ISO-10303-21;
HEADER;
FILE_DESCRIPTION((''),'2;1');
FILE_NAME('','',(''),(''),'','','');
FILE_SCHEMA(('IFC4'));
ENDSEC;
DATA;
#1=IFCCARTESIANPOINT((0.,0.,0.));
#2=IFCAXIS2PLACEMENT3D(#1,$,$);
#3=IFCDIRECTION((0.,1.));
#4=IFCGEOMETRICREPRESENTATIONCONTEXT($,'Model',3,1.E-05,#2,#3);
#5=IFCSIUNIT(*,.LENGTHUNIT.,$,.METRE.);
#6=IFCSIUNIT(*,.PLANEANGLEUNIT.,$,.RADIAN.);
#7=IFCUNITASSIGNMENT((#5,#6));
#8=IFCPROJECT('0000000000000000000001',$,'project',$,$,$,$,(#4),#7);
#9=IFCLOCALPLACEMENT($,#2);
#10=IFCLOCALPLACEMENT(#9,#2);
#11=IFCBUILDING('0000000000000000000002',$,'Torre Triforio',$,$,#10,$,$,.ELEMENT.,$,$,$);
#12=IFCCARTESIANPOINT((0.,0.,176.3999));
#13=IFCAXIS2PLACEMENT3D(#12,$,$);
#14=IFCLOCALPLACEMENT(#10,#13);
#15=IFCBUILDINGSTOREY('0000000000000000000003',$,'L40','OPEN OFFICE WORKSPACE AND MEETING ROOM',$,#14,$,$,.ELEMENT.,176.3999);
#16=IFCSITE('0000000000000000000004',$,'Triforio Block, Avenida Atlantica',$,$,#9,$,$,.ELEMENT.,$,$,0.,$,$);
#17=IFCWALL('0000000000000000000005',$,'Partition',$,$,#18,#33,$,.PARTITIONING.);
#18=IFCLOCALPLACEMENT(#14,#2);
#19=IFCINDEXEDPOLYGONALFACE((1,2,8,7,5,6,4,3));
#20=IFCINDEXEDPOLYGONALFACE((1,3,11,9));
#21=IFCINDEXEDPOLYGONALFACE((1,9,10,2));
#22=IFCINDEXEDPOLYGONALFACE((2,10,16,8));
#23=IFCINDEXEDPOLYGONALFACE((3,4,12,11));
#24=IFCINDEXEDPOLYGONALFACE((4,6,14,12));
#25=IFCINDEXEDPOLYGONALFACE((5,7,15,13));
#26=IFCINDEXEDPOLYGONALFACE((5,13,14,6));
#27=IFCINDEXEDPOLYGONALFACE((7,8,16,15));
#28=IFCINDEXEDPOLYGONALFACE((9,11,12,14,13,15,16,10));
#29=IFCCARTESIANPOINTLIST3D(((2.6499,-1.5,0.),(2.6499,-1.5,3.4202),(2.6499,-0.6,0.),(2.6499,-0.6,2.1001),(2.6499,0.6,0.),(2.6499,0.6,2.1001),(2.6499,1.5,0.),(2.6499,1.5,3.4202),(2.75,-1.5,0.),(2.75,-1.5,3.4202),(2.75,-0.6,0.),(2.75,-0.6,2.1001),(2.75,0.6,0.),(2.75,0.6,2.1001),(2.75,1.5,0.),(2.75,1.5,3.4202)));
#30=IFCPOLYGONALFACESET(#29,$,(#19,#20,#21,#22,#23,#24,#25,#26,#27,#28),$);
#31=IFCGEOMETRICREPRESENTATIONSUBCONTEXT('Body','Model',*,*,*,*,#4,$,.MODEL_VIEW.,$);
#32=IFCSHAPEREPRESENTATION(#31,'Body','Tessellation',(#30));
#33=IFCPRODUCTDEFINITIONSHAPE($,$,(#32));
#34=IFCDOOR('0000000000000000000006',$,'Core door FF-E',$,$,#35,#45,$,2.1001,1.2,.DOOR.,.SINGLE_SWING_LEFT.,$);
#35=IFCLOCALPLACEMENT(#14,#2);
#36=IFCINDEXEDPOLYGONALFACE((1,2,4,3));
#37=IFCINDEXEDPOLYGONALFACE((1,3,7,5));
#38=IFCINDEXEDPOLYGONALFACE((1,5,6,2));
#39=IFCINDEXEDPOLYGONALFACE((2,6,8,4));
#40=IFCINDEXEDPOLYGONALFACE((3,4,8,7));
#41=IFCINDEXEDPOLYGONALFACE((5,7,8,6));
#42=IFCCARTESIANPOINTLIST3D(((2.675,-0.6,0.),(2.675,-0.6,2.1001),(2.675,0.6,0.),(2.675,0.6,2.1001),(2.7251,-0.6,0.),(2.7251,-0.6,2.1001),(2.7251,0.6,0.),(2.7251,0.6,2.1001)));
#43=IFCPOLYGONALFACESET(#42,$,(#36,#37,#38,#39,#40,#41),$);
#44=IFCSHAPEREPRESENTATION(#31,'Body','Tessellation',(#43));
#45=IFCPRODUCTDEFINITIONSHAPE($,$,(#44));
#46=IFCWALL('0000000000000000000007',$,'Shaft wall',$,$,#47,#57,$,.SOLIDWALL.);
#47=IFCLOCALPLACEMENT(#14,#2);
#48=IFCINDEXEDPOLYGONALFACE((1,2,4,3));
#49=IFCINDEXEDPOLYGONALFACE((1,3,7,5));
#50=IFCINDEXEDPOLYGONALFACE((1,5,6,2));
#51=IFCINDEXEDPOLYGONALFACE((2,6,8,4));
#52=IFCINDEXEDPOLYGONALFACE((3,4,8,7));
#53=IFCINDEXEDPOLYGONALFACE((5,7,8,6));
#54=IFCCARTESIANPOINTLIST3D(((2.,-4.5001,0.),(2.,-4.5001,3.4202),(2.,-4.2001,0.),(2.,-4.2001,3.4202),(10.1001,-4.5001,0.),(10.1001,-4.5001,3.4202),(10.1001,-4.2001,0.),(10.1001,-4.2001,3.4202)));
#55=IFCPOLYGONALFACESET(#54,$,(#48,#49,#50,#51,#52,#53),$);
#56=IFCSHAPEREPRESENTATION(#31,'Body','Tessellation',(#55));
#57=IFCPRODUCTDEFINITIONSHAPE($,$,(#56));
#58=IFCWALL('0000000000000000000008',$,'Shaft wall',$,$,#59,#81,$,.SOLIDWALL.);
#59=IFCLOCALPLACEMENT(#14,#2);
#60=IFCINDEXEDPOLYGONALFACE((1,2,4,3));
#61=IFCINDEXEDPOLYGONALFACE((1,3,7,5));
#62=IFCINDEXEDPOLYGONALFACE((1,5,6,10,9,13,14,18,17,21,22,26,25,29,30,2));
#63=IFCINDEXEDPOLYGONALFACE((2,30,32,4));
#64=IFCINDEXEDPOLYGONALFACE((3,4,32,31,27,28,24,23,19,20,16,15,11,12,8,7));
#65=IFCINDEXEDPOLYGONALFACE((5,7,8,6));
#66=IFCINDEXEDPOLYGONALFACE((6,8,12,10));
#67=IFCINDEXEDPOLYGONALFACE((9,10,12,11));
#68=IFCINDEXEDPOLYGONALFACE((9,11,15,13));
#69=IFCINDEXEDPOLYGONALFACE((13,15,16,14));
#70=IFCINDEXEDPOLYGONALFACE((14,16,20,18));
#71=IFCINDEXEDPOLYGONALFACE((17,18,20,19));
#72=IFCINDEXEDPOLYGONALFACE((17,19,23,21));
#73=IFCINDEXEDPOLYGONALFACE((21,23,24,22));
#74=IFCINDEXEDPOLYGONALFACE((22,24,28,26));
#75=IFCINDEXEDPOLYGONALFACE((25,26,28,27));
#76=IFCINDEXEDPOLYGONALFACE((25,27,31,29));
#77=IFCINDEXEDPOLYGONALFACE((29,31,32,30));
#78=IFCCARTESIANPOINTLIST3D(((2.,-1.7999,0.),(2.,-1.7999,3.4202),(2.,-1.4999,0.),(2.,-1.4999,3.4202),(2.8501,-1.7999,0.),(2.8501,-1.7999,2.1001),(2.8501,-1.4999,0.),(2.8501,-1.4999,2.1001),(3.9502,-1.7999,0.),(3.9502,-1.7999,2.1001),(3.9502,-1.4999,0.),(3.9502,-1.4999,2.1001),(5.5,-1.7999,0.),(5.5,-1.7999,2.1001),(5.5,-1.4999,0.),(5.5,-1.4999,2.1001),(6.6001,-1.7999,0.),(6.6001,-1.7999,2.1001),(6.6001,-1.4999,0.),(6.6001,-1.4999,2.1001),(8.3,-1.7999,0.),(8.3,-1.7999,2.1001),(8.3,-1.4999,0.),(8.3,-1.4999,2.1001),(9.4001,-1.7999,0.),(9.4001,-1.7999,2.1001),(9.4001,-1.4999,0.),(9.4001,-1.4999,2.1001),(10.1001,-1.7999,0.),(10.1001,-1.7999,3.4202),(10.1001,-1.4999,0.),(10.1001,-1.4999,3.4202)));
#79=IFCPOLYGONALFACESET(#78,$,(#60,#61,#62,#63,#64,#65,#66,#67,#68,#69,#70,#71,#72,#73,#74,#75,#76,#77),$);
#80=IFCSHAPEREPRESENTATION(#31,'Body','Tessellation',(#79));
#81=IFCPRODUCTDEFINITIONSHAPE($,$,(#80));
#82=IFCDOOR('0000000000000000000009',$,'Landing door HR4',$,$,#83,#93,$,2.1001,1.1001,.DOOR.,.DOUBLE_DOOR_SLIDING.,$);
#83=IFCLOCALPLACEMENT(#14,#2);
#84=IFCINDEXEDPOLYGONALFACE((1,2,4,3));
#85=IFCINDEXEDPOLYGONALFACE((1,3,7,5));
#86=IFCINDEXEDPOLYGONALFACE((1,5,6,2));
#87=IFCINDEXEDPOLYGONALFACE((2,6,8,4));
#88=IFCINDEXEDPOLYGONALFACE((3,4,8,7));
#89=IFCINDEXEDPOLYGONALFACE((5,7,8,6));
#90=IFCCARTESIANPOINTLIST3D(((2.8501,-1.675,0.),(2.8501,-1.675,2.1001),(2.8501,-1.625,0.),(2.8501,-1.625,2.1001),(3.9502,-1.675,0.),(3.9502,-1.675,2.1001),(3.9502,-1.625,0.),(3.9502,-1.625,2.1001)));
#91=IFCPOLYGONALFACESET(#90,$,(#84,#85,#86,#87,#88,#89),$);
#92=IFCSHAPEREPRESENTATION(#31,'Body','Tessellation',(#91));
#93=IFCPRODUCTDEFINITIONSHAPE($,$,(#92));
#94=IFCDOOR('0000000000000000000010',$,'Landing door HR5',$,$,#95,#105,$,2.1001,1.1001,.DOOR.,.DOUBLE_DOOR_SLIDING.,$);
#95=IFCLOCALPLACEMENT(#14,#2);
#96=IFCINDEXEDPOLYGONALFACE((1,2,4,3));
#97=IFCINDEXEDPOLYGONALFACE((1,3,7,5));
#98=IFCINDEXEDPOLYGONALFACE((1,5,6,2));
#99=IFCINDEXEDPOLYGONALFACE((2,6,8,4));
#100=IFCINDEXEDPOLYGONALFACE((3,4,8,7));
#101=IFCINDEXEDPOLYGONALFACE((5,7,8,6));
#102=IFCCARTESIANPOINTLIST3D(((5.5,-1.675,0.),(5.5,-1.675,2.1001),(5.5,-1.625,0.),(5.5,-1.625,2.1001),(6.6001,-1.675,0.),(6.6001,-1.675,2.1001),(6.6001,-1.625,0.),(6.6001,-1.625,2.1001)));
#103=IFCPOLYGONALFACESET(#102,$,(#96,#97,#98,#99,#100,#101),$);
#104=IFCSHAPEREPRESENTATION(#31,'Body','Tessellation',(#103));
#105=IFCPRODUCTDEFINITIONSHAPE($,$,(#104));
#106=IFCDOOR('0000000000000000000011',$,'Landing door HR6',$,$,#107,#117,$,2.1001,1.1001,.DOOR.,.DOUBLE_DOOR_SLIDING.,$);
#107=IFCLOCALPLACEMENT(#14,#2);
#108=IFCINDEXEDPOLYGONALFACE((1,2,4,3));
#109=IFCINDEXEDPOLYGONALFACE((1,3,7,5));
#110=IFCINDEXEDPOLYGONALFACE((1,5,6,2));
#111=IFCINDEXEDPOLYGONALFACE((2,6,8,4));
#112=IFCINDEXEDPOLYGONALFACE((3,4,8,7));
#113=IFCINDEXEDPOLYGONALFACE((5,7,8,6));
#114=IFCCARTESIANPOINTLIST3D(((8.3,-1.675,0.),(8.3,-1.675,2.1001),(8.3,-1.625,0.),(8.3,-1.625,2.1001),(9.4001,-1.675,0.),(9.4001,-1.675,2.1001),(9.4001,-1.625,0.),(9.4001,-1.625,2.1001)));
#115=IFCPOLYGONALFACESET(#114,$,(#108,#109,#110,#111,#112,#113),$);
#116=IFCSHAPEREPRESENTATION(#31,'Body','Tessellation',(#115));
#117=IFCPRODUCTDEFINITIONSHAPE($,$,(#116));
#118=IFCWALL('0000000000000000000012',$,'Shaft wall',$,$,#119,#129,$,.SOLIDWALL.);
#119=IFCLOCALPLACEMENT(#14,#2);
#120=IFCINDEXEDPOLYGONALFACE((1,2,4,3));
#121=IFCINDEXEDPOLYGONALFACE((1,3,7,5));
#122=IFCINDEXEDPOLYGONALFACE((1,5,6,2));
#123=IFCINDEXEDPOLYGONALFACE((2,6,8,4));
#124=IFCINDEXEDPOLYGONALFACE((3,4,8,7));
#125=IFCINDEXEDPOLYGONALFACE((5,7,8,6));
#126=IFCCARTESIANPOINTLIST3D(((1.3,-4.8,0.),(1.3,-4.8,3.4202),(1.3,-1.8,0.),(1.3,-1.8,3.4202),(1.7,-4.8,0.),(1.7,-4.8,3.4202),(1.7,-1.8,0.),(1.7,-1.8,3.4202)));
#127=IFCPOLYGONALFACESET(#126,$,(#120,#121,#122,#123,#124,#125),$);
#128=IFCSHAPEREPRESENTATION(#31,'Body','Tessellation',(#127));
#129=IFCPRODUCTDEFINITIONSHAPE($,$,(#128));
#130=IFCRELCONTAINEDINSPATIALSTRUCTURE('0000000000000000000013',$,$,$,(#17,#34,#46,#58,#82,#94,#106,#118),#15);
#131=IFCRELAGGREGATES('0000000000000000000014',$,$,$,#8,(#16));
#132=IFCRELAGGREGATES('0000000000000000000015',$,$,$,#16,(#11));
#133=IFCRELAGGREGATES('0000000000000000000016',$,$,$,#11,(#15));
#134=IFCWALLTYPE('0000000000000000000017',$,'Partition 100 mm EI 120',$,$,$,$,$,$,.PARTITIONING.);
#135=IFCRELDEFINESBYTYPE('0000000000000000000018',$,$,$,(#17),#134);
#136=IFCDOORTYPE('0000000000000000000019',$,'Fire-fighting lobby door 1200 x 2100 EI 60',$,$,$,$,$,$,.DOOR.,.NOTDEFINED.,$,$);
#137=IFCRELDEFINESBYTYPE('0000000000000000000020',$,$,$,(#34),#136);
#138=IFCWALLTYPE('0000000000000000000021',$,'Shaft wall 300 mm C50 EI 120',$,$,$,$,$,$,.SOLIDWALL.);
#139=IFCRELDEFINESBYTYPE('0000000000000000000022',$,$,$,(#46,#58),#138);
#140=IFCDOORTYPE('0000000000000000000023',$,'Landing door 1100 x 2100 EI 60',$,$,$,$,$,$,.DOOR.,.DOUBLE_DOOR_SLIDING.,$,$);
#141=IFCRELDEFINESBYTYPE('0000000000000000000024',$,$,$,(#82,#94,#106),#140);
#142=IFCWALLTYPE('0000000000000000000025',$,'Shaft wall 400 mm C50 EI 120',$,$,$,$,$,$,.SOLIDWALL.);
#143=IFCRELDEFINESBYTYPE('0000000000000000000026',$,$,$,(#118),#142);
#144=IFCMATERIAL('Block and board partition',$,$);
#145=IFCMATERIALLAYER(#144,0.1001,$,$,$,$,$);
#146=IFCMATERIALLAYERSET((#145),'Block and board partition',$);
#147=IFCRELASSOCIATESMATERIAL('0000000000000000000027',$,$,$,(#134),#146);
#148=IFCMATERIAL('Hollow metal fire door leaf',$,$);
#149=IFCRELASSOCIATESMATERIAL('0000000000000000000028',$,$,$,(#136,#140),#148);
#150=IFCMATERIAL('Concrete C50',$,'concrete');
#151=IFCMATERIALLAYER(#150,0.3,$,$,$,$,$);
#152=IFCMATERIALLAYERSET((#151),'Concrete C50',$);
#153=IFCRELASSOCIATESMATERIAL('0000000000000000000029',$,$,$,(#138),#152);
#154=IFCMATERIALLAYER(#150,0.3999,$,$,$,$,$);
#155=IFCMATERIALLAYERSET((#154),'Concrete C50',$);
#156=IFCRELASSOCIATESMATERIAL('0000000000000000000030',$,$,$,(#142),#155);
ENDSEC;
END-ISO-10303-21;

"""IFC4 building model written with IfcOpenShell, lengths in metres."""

from ifc_helpers import new_model, si_unit, direction, frame, frame_2d, origin, place, context, subcontext, project, spatial, rectangle, extrude, material, layer, layer_set, type_object, element, fill, save


model = new_model("IFC4")

# Units and contexts
model_context = context("Model", 3, precision=1e-05, world=origin(), true_north=direction((0.0, 1.0)))
body_context = subcontext(model_context, "Body", "Model", "MODEL_VIEW")
ifc_project = project(units=[si_unit("LENGTHUNIT", "METRE"), si_unit("PLANEANGLEUNIT", "RADIAN")], contexts=[model_context])

# Site, building, storey
site_placement = place(None, origin())
site = spatial("IfcSite", under=ifc_project, at=site_placement, Name="Triforio Block, Avenida Atlantica", CompositionType="ELEMENT", RefElevation=0.0)
building_placement = place(site_placement, origin())
building = spatial("IfcBuilding", under=site, at=building_placement, Name="Torre Triforio", CompositionType="ELEMENT")
storey_placement = place(building_placement, frame((0.0, 0.0, 176.3999)))
storey = spatial("IfcBuildingStorey", under=building, at=storey_placement, Name="L40", Description="OPEN OFFICE WORKSPACE AND MEETING ROOM", CompositionType="ELEMENT", Elevation=176.3999)

# Shared definitions
ifc_material_1 = material(Name="Concrete C50", Category="concrete")

# Wall, opening, door
ifc_material_2 = material(Name="Block and board partition")
ifc_layer_1 = layer(ifc_material_2, 0.1001)
ifc_layer_set_1 = layer_set([ifc_layer_1], Name="Block and board partition")
wall_type_1 = type_object("IfcWallType", Name="Partition 100 mm EI 120", PredefinedType="PARTITIONING", material=ifc_layer_set_1)
wall_1_placement = place(storey_placement, frame((2.7, -1.5, 0.0), z_axis=(0.0, 0.0, 1.0), x_axis=(0.0, 1.0, 0.0)))
wall_1 = element("IfcWall", 1, at=wall_1_placement, inside=storey, type_object=wall_type_1, Name="Partition", PredefinedType="PARTITIONING", context=body_context, shape_type="SweptSolid", body=[
    extrude(rectangle(XDim=3.0, YDim=0.1001, at=frame_2d((1.5, 0.0))), origin(), (0.0, 0.0, 1.0), 3.4202),
])
opening_1_placement = place(wall_1_placement, frame((0.8999, 0.0, 0.0)))
opening_1 = element("IfcOpeningElement", 2, at=opening_1_placement, cuts=wall_1, PredefinedType="OPENING", context=body_context, shape_type="SweptSolid", body=[
    extrude(rectangle(XDim=1.2, YDim=2.1001, at=frame_2d((0.6001, 1.05))), frame((0.0, 0.0601, 0.0), z_axis=(0.0, -1.0, 0.0), x_axis=(1.0, 0.0, 0.0)), (0.0, 0.0, 1.0), 0.1201),
])
ifc_material_3 = material(Name="Hollow metal fire door leaf")
door_type_1 = type_object("IfcDoorType", Name="Fire-fighting lobby door 1200 x 2100 EI 60", OperationType="NOTDEFINED", PredefinedType="DOOR", material=ifc_material_3)
door_1_placement = place(opening_1_placement, origin())
door_1 = element("IfcDoor", 3, at=door_1_placement, inside=storey, type_object=door_type_1, Name="Core door FF-E", OperationType="SINGLE_SWING_LEFT", OverallHeight=2.1001, OverallWidth=1.2, PredefinedType="DOOR", context=body_context, shape_type="SweptSolid", body=[
    extrude(rectangle(XDim=1.2, YDim=2.1001, at=frame_2d((0.6001, 1.05))), frame((0.0, 0.0249, 0.0), z_axis=(0.0, -1.0, 0.0), x_axis=(1.0, 0.0, 0.0)), (0.0, 0.0, 1.0), 0.05),
])
fill(opening_1, door_1)

# Wall
ifc_layer_2 = layer(ifc_material_1, 0.3)
ifc_layer_set_2 = layer_set([ifc_layer_2], Name="Concrete C50")
wall_type_2 = type_object("IfcWallType", Name="Shaft wall 300 mm C50 EI 120", PredefinedType="SOLIDWALL", material=ifc_layer_set_2)
wall_2_placement = place(storey_placement, frame((2.0, -4.3501, 0.0), z_axis=(0.0, 0.0, 1.0), x_axis=(1.0, 0.0, 0.0)))
element("IfcWall", 4, at=wall_2_placement, inside=storey, type_object=wall_type_2, Name="Shaft wall", PredefinedType="SOLIDWALL", context=body_context, shape_type="SweptSolid", body=[
    extrude(rectangle(XDim=8.1001, YDim=0.3, at=frame_2d((4.05, 0.0))), origin(), (0.0, 0.0, 1.0), 3.4202),
])

# Wall, openings, doors
wall_3_placement = place(storey_placement, frame((2.0, -1.6499, 0.0), z_axis=(0.0, 0.0, 1.0), x_axis=(1.0, 0.0, 0.0)))
wall_3 = element("IfcWall", 5, at=wall_3_placement, inside=storey, type_object=wall_type_2, Name="Shaft wall", PredefinedType="SOLIDWALL", context=body_context, shape_type="SweptSolid", body=[
    extrude(rectangle(XDim=8.1001, YDim=0.3, at=frame_2d((4.05, 0.0))), origin(), (0.0, 0.0, 1.0), 3.4202),
])
opening_2_placement = place(wall_3_placement, frame((0.8501, 0.0, 0.0)))
opening_2 = element("IfcOpeningElement", 6, at=opening_2_placement, cuts=wall_3, PredefinedType="OPENING", context=body_context, shape_type="SweptSolid", body=[
    extrude(rectangle(XDim=1.1001, YDim=2.1001, at=frame_2d((0.55, 1.05))), frame((0.0, 0.1599, 0.0), z_axis=(0.0, -1.0, 0.0), x_axis=(1.0, 0.0, 0.0)), (0.0, 0.0, 1.0), 0.3201),
])
opening_3_placement = place(wall_3_placement, frame((3.5, 0.0, 0.0)))
opening_3 = element("IfcOpeningElement", 7, at=opening_3_placement, cuts=wall_3, PredefinedType="OPENING", context=body_context, shape_type="SweptSolid", body=[
    extrude(rectangle(XDim=1.1001, YDim=2.1001, at=frame_2d((0.55, 1.05))), frame((0.0, 0.1599, 0.0), z_axis=(0.0, -1.0, 0.0), x_axis=(1.0, 0.0, 0.0)), (0.0, 0.0, 1.0), 0.3201),
])
opening_4_placement = place(wall_3_placement, frame((6.3, 0.0, 0.0)))
opening_4 = element("IfcOpeningElement", 8, at=opening_4_placement, cuts=wall_3, PredefinedType="OPENING", context=body_context, shape_type="SweptSolid", body=[
    extrude(rectangle(XDim=1.1001, YDim=2.1001, at=frame_2d((0.55, 1.05))), frame((0.0, 0.1599, 0.0), z_axis=(0.0, -1.0, 0.0), x_axis=(1.0, 0.0, 0.0)), (0.0, 0.0, 1.0), 0.3201),
])
door_type_2 = type_object("IfcDoorType", Name="Landing door 1100 x 2100 EI 60", OperationType="DOUBLE_DOOR_SLIDING", PredefinedType="DOOR", material=ifc_material_3)
door_2_placement = place(opening_2_placement, origin())
door_2 = element("IfcDoor", 9, at=door_2_placement, inside=storey, type_object=door_type_2, Name="Landing door HR4", OperationType="DOUBLE_DOOR_SLIDING", OverallHeight=2.1001, OverallWidth=1.1001, PredefinedType="DOOR", context=body_context, shape_type="SweptSolid", body=[
    extrude(rectangle(XDim=1.1001, YDim=2.1001, at=frame_2d((0.55, 1.05))), frame((0.0, 0.0249, 0.0), z_axis=(0.0, -1.0, 0.0), x_axis=(1.0, 0.0, 0.0)), (0.0, 0.0, 1.0), 0.05),
])
fill(opening_2, door_2)
door_3_placement = place(opening_3_placement, origin())
door_3 = element("IfcDoor", 10, at=door_3_placement, inside=storey, type_object=door_type_2, Name="Landing door HR5", OperationType="DOUBLE_DOOR_SLIDING", OverallHeight=2.1001, OverallWidth=1.1001, PredefinedType="DOOR", context=body_context, shape_type="SweptSolid", body=[
    extrude(rectangle(XDim=1.1001, YDim=2.1001, at=frame_2d((0.55, 1.05))), frame((0.0, 0.0249, 0.0), z_axis=(0.0, -1.0, 0.0), x_axis=(1.0, 0.0, 0.0)), (0.0, 0.0, 1.0), 0.05),
])
fill(opening_3, door_3)
door_4_placement = place(opening_4_placement, origin())
door_4 = element("IfcDoor", 11, at=door_4_placement, inside=storey, type_object=door_type_2, Name="Landing door HR6", OperationType="DOUBLE_DOOR_SLIDING", OverallHeight=2.1001, OverallWidth=1.1001, PredefinedType="DOOR", context=body_context, shape_type="SweptSolid", body=[
    extrude(rectangle(XDim=1.1001, YDim=2.1001, at=frame_2d((0.55, 1.05))), frame((0.0, 0.0249, 0.0), z_axis=(0.0, -1.0, 0.0), x_axis=(1.0, 0.0, 0.0)), (0.0, 0.0, 1.0), 0.05),
])
fill(opening_4, door_4)

# Wall
ifc_layer_3 = layer(ifc_material_1, 0.3999)
ifc_layer_set_3 = layer_set([ifc_layer_3], Name="Concrete C50")
wall_type_3 = type_object("IfcWallType", Name="Shaft wall 400 mm C50 EI 120", PredefinedType="SOLIDWALL", material=ifc_layer_set_3)
wall_4_placement = place(storey_placement, frame((1.5, -4.8, 0.0), z_axis=(0.0, 0.0, 1.0), x_axis=(0.0, 1.0, 0.0)))
element("IfcWall", 12, at=wall_4_placement, inside=storey, type_object=wall_type_3, Name="Shaft wall", PredefinedType="SOLIDWALL", context=body_context, shape_type="SweptSolid", body=[
    extrude(rectangle(XDim=3.0, YDim=0.3999, at=frame_2d((1.5, 0.0))), origin(), (0.0, 0.0, 1.0), 3.4202),
])

save(model, "model.ifc")
